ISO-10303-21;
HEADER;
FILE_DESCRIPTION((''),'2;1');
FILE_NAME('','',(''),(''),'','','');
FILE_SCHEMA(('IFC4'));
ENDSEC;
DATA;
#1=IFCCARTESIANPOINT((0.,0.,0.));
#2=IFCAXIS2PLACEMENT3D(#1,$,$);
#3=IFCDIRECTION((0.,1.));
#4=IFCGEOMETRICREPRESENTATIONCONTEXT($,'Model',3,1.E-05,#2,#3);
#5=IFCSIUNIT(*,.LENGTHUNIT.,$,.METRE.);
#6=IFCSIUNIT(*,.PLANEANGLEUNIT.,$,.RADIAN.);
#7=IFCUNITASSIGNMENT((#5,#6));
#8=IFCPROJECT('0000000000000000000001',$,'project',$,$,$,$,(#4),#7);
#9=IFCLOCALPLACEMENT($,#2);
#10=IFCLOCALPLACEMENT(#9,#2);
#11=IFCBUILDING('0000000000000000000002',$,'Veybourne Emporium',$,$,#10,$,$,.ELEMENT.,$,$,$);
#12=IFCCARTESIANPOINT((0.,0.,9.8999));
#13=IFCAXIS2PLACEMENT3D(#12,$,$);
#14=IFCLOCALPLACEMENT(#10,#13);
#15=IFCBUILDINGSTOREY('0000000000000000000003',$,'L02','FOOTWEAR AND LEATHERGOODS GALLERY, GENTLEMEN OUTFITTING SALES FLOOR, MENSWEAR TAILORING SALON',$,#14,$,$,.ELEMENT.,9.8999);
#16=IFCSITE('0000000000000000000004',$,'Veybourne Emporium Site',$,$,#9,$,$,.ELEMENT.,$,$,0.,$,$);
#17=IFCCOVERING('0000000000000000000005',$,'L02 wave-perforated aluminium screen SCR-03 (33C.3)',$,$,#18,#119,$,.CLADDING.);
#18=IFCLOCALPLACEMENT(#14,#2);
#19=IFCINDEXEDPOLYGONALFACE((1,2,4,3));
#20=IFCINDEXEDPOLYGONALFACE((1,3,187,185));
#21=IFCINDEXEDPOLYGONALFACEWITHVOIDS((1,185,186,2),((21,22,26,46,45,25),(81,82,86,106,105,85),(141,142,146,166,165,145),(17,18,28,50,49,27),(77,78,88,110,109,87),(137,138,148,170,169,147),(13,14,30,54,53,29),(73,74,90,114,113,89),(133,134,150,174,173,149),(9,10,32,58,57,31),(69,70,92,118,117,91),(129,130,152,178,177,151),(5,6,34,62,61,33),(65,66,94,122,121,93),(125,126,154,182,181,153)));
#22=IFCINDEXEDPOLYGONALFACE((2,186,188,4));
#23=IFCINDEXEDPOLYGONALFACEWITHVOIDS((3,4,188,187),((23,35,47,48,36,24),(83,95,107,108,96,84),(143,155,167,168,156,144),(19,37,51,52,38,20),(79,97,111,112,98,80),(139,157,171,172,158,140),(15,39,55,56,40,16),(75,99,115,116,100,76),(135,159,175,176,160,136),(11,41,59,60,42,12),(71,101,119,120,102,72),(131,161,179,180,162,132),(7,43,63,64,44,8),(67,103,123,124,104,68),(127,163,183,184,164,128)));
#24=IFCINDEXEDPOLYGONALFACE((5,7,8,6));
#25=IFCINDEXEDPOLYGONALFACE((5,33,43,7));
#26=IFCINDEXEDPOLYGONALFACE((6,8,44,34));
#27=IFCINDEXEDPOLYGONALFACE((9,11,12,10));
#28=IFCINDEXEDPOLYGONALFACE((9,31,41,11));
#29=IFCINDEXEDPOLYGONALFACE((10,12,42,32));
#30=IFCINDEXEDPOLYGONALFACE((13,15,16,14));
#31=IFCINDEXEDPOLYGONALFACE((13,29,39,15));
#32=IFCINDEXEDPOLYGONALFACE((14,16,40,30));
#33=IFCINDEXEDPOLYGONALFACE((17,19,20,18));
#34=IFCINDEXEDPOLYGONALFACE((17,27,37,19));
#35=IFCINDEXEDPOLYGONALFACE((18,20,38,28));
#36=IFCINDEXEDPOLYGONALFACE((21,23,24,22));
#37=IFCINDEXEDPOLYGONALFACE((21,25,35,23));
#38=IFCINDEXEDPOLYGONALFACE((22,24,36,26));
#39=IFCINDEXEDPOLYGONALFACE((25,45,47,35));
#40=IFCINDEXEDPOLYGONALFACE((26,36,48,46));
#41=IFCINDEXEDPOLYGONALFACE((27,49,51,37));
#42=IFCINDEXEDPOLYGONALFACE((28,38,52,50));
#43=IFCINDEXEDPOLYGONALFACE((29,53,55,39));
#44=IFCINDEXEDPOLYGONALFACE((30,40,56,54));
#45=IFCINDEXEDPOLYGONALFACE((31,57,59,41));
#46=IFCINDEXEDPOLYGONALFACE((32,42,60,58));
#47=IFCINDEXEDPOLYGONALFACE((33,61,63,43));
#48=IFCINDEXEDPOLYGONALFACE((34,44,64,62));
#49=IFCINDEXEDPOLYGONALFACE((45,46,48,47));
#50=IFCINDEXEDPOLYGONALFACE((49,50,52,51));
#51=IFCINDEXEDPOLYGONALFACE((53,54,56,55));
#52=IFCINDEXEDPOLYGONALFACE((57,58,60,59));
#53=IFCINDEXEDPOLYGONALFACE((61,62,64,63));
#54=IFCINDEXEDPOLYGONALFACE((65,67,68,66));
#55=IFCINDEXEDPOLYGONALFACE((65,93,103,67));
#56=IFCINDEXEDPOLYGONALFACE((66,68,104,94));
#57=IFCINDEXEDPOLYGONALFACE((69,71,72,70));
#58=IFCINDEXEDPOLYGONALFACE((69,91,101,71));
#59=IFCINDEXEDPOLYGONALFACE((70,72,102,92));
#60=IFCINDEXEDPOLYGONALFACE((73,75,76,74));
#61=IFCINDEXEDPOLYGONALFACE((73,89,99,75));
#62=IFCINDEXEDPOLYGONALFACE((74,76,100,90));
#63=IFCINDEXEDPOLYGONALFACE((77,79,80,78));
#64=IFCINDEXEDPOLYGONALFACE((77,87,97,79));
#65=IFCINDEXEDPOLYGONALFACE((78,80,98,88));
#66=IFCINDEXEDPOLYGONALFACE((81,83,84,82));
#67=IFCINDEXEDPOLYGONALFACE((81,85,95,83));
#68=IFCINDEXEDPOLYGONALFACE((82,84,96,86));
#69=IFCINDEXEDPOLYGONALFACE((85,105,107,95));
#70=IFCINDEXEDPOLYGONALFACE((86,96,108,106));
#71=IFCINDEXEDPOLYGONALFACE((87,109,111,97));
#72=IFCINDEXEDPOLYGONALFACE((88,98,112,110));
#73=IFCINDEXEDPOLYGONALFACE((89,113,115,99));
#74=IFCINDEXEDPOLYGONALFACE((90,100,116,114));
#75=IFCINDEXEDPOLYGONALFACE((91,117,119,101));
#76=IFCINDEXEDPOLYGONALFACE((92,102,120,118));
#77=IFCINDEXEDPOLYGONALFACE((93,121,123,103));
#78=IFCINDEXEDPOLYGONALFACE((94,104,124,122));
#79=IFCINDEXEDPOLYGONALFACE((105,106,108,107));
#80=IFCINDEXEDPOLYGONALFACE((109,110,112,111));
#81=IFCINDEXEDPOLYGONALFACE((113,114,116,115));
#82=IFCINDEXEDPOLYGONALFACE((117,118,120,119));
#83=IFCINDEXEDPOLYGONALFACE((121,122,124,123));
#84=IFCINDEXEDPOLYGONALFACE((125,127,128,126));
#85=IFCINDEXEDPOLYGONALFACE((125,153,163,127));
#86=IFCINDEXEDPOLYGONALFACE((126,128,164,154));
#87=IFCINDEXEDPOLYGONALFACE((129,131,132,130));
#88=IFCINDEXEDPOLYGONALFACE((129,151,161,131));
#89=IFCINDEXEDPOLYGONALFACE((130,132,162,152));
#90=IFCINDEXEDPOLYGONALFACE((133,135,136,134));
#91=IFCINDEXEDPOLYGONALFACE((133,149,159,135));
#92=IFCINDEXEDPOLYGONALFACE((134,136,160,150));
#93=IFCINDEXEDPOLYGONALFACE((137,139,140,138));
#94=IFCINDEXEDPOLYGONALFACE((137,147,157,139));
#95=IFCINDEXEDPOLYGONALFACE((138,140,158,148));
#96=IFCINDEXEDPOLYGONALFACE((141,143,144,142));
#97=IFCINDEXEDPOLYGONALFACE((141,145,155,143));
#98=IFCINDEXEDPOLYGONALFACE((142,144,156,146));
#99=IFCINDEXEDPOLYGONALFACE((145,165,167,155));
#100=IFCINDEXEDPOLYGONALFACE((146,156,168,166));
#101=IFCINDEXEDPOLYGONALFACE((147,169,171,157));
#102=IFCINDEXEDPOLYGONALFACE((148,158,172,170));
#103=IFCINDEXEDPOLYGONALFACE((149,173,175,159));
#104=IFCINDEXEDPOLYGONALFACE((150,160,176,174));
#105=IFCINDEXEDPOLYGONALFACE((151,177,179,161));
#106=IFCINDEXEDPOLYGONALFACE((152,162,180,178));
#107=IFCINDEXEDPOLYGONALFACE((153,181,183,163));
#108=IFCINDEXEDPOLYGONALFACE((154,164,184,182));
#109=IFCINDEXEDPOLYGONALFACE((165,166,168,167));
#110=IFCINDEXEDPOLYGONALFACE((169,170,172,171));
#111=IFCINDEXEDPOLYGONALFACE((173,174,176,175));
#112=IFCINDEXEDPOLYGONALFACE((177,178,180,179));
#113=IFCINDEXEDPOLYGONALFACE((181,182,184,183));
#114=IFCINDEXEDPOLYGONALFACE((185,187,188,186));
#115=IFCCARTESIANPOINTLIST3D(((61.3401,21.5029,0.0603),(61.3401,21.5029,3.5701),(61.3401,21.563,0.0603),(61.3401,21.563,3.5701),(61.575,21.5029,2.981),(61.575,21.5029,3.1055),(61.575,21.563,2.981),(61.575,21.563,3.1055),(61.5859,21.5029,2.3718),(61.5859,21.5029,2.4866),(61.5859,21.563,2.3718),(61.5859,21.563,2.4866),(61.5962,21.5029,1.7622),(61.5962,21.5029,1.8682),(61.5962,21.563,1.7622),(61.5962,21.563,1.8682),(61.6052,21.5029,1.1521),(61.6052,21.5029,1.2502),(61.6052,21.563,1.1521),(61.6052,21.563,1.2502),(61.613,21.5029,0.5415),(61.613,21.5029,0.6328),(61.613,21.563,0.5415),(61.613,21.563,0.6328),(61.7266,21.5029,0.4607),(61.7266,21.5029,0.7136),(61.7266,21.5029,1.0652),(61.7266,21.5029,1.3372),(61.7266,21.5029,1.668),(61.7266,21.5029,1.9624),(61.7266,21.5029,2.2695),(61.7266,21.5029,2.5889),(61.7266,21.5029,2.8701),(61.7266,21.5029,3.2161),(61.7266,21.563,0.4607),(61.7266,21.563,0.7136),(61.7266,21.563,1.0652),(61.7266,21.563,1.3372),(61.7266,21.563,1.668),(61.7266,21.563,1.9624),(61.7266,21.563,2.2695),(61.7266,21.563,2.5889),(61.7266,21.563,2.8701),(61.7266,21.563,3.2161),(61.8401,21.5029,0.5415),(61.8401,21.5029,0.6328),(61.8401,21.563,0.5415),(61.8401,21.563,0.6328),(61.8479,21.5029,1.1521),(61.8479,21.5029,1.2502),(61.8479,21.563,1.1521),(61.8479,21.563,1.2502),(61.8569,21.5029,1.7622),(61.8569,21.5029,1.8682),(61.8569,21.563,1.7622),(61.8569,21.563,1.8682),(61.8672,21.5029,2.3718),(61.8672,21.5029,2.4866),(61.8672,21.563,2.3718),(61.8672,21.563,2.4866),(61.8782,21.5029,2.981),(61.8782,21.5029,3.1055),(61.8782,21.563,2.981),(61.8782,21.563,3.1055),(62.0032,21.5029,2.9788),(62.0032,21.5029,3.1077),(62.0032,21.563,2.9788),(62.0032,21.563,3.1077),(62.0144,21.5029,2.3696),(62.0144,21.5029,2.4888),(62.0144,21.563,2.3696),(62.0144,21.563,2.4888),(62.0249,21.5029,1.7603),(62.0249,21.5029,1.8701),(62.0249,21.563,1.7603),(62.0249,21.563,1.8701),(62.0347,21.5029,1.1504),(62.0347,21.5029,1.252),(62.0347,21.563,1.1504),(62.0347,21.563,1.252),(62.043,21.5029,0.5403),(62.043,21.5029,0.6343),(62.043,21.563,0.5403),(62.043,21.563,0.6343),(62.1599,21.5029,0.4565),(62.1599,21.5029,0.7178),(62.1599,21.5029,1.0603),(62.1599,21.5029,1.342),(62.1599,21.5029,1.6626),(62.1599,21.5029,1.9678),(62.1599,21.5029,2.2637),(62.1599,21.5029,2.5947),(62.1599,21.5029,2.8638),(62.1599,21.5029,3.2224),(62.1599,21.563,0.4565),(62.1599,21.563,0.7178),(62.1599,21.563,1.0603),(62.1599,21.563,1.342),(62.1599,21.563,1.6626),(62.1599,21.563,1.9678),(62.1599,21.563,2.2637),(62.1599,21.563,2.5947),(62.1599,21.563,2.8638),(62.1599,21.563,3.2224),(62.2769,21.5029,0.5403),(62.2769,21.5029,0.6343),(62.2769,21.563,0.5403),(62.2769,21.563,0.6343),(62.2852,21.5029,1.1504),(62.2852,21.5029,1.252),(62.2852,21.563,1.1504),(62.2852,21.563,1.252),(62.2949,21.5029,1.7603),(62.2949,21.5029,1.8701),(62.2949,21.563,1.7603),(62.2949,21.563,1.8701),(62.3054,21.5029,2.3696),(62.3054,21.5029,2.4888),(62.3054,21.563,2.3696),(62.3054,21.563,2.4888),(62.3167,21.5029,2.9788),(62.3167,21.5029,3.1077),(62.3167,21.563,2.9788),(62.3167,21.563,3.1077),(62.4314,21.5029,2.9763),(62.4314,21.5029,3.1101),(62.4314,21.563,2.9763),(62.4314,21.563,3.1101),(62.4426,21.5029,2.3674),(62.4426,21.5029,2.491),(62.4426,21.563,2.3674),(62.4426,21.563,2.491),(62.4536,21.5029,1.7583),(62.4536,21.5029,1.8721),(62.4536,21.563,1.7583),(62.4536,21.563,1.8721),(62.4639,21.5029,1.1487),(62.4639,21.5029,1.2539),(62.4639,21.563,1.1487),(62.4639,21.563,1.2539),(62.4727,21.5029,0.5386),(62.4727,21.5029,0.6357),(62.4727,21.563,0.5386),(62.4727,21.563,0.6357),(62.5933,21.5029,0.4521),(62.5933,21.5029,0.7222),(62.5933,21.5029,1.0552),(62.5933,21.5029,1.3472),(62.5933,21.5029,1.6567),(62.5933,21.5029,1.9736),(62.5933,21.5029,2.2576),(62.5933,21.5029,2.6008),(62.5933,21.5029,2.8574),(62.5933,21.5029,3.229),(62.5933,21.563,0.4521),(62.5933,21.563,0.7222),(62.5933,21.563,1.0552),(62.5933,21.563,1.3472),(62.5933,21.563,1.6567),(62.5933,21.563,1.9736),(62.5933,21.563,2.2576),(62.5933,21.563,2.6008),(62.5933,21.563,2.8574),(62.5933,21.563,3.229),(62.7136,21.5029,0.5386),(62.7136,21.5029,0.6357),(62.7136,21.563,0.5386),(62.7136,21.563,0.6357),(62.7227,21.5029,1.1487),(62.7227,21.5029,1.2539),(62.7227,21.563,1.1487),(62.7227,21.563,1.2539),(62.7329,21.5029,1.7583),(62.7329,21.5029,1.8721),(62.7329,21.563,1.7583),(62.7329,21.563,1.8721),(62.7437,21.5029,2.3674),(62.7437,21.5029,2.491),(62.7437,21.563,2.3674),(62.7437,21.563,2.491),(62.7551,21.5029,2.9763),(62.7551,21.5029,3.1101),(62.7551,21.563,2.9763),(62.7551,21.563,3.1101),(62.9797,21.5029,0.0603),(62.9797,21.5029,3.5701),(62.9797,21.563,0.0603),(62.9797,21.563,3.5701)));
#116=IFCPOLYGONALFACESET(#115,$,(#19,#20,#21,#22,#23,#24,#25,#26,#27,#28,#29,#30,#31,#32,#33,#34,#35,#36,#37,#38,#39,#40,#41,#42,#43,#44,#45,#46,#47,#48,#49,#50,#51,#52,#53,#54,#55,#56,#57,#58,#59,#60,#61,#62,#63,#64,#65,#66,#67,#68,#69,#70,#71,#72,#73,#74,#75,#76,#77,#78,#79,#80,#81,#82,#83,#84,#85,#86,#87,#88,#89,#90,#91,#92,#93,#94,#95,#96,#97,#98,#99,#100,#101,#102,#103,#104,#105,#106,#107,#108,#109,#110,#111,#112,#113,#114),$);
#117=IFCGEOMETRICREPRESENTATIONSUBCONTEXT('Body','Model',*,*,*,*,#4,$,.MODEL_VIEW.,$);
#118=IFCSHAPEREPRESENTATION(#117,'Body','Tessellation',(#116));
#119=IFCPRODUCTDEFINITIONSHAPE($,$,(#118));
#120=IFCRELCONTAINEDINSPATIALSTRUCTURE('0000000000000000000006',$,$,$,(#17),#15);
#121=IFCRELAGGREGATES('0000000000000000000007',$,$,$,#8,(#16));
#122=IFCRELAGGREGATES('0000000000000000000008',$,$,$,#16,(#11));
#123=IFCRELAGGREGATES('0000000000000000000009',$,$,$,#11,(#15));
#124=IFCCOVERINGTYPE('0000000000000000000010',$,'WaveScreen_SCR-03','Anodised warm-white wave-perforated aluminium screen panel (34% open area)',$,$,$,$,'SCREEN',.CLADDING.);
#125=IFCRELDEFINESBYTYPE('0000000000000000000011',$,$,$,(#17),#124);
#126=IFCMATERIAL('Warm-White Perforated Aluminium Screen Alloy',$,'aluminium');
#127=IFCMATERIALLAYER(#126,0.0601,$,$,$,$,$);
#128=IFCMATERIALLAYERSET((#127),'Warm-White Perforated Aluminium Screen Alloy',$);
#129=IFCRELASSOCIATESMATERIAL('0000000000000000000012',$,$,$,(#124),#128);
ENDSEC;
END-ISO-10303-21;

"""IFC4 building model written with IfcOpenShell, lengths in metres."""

from ifc_helpers import new_model, si_unit, direction, frame, origin, place, context, subcontext, project, spatial, polyline, outline, extrude, material, layer, layer_set, type_object, element, save


model = new_model("IFC4")

# Units and contexts
model_context = context("Model", 3, precision=1e-05, world=origin(), true_north=direction((0.0, 1.0)))
body_context = subcontext(model_context, "Body", "Model", "MODEL_VIEW")
ifc_project = project(units=[si_unit("LENGTHUNIT", "METRE"), si_unit("PLANEANGLEUNIT", "RADIAN")], contexts=[model_context])

# Site, building, storey
site_placement = place(None, origin())
site = spatial("IfcSite", under=ifc_project, at=site_placement, Name="Veybourne Emporium Site", CompositionType="ELEMENT", RefElevation=0.0)
building_placement = place(site_placement, origin())
building = spatial("IfcBuilding", under=site, at=building_placement, Name="Veybourne Emporium", CompositionType="ELEMENT")
storey_placement = place(building_placement, frame((0.0, 0.0, 9.8999)))
storey = spatial("IfcBuildingStorey", under=building, at=storey_placement, Name="L02", Description="FOOTWEAR AND LEATHERGOODS GALLERY, GENTLEMEN OUTFITTING SALES FLOOR, MENSWEAR TAILORING SALON", CompositionType="ELEMENT", Elevation=9.8999)

# Covering
ifc_material_1 = material(Name="Warm-White Perforated Aluminium Screen Alloy", Category="aluminium")
ifc_layer_1 = layer(ifc_material_1, 0.0601)
ifc_layer_set_1 = layer_set([ifc_layer_1], Name="Warm-White Perforated Aluminium Screen Alloy")
covering_type_1 = type_object("IfcCoveringType", Name="WaveScreen_SCR-03", Description="Anodised warm-white wave-perforated aluminium screen panel (34% open area)", ElementType="SCREEN", PredefinedType="CLADDING", material=ifc_layer_set_1)
covering_1_placement = place(storey_placement, frame((62.1599, 21.5029, 1.8152), z_axis=(0.0, 1.0, 0.0), x_axis=(-1.0, 0.0, 0.0)))
element("IfcCovering", 1, at=covering_1_placement, inside=storey, type_object=covering_type_1, Name="L02 wave-perforated aluminium screen SCR-03 (33C.3)", PredefinedType="CLADDING", context=body_context, shape_type="SweptSolid", body=[
    extrude(outline(polyline([(-0.8198, -1.7549), (0.8198, -1.7549), (0.8198, 1.7549), (-0.8198, 1.7549), (-0.8198, -1.7549)]), holes=[polyline([(-0.4333, -1.093), (-0.3127, -1.1794), (-0.3127, -1.2766), (-0.4333, -1.363), (-0.5537, -1.2766), (-0.5537, -1.1794), (-0.4333, -1.093)]), polyline([(-0.4333, -0.468), (-0.304, -0.5613), (-0.304, -0.6665), (-0.4333, -0.76), (-0.5627, -0.6665), (-0.5627, -0.5613), (-0.4333, -0.468)]), polyline([(-0.4333, 0.1584), (-0.2937, 0.0569), (-0.2937, -0.0569), (-0.4333, -0.1584), (-0.573, -0.0569), (-0.573, 0.0569), (-0.4333, 0.1584)]), polyline([(-0.4333, 0.7856), (-0.2827, 0.6758), (-0.2827, 0.5522), (-0.4333, 0.4424), (-0.5837, 0.5522), (-0.5837, 0.6758), (-0.4333, 0.7856)]), polyline([(-0.4333, 1.4138), (-0.2715, 1.2949), (-0.2715, 1.1611), (-0.4333, 1.0422), (-0.5952, 1.1611), (-0.5952, 1.2949), (-0.4333, 1.4138)]), polyline([(0.0, -1.0974), (0.1169, -1.1809), (0.1169, -1.2749), (0.0, -1.3586), (-0.1169, -1.2749), (-0.1169, -1.1809), (0.0, -1.0974)]), polyline([(0.0, -0.4731), (0.1252, -0.5632), (0.1252, -0.6648), (0.0, -0.7549), (-0.1252, -0.6648), (-0.1252, -0.5632), (0.0, -0.4731)]), polyline([(0.0, 0.1526), (0.135, 0.0549), (0.135, -0.0549), (0.0, -0.1526), (-0.135, -0.0549), (-0.135, 0.0549), (0.0, 0.1526)]), polyline([(0.0, 0.7795), (0.1455, 0.6736), (0.1455, 0.5544), (0.0, 0.4485), (-0.1455, 0.5544), (-0.1455, 0.6736), (0.0, 0.7795)]), polyline([(0.0, 1.4072), (0.1567, 1.2925), (0.1567, 1.1636), (0.0, 1.0486), (-0.1567, 1.1636), (-0.1567, 1.2925), (0.0, 1.4072)]), polyline([(0.4333, -1.1016), (0.5469, -1.1824), (0.5469, -1.2737), (0.4333, -1.3545), (0.3198, -1.2737), (0.3198, -1.1824), (0.4333, -1.1016)]), polyline([(0.4333, -0.478), (0.5547, -0.5649), (0.5547, -0.6631), (0.4333, -0.75), (0.312, -0.6631), (0.312, -0.5649), (0.4333, -0.478)]), polyline([(0.4333, 0.1472), (0.5637, 0.053), (0.5637, -0.053), (0.4333, -0.1472), (0.303, -0.053), (0.303, 0.053), (0.4333, 0.1472)]), polyline([(0.4333, 0.7737), (0.574, 0.6714), (0.574, 0.5566), (0.4333, 0.4543), (0.2927, 0.5566), (0.2927, 0.6714), (0.4333, 0.7737)]), polyline([(0.4333, 1.4009), (0.585, 1.2903), (0.585, 1.1658), (0.4333, 1.0549), (0.2817, 1.1658), (0.2817, 1.2903), (0.4333, 1.4009)])]), origin(), (0.0, 0.0, 1.0), 0.0601),
])

save(model, "model.ifc")
